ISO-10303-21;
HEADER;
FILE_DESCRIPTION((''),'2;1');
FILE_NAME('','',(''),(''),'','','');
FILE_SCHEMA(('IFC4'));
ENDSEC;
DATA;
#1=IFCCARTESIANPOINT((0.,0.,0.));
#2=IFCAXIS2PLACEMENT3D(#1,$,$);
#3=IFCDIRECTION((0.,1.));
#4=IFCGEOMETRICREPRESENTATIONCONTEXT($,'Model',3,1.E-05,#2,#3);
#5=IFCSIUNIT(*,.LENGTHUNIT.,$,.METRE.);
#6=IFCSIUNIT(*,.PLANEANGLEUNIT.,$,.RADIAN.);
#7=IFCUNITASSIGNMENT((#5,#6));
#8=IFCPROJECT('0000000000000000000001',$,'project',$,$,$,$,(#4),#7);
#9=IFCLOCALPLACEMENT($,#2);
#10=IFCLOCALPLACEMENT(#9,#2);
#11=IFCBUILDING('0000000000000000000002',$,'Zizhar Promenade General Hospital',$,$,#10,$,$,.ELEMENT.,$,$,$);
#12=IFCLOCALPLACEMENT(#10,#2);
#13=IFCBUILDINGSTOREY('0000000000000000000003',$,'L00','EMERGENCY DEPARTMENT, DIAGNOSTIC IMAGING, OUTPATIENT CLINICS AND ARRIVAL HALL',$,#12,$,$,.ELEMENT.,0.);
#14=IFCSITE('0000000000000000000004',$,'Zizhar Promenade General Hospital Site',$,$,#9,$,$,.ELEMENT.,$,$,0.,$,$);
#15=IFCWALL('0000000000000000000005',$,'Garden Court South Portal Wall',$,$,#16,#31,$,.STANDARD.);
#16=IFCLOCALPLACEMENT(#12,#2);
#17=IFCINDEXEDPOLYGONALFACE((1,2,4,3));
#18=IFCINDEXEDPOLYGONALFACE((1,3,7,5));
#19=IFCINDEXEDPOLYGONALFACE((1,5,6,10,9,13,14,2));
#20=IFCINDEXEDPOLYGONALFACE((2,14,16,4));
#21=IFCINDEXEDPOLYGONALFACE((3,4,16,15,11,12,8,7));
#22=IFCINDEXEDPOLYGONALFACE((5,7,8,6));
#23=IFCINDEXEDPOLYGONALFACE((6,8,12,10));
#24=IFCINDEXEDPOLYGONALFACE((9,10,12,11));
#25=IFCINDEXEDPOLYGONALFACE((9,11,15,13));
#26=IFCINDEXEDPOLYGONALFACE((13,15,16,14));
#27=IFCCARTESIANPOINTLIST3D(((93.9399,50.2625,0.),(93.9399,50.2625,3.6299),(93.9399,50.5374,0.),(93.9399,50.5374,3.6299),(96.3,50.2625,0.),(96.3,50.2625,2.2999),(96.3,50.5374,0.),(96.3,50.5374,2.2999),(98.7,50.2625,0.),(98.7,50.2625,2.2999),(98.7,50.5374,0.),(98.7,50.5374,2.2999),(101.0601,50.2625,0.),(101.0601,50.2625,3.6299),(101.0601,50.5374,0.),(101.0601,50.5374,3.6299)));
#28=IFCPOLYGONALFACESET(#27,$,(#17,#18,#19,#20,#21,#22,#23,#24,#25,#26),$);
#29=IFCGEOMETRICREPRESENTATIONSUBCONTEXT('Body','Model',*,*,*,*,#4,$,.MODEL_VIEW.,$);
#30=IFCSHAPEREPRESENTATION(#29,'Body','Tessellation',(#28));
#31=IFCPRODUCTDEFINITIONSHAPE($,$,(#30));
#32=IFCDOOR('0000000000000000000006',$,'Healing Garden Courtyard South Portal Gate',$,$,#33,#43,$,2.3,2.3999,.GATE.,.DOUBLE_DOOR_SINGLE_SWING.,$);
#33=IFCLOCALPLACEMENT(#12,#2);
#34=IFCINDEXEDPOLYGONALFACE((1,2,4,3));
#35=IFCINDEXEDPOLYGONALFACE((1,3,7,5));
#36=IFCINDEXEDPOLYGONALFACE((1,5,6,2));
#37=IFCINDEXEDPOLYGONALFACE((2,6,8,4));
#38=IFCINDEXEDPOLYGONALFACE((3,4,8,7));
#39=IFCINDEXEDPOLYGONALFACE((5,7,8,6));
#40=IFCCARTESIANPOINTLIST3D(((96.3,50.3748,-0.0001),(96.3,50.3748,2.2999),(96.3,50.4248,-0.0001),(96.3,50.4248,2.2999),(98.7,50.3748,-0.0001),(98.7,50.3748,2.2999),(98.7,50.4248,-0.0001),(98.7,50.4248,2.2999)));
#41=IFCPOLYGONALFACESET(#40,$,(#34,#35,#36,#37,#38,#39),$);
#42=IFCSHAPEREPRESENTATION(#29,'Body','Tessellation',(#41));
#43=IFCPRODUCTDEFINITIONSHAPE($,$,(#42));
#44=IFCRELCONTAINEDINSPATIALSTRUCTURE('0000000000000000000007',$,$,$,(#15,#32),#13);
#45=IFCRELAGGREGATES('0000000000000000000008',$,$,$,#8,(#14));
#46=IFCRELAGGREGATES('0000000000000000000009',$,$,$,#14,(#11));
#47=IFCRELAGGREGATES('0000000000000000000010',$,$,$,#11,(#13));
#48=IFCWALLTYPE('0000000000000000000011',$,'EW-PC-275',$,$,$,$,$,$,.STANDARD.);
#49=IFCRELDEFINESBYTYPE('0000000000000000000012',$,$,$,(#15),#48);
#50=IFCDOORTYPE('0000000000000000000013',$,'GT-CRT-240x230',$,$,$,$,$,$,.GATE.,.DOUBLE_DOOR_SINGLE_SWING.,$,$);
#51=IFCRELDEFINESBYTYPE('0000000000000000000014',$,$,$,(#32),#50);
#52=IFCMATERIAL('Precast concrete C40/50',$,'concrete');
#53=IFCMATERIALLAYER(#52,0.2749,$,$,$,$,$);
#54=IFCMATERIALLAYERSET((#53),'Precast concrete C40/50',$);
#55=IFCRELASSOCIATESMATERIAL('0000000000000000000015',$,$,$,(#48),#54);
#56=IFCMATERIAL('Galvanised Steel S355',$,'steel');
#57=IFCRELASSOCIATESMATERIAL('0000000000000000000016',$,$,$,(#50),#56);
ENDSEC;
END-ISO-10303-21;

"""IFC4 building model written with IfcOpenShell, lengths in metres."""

from ifc_helpers import new_model, si_unit, direction, frame, frame_2d, origin, place, context, subcontext, project, spatial, rectangle, extrude, material, layer, layer_set, type_object, element, fill, save


model = new_model("IFC4")

# Units and contexts
model_context = context("Model", 3, precision=1e-05, world=origin(), true_north=direction((0.0, 1.0)))
body_context = subcontext(model_context, "Body", "Model", "MODEL_VIEW")
ifc_project = project(units=[si_unit("LENGTHUNIT", "METRE"), si_unit("PLANEANGLEUNIT", "RADIAN")], contexts=[model_context])

# Site, building, storey
site_placement = place(None, origin())
site = spatial("IfcSite", under=ifc_project, at=site_placement, Name="Zizhar Promenade General Hospital Site", CompositionType="ELEMENT", RefElevation=0.0)
building_placement = place(site_placement, origin())
building = spatial("IfcBuilding", under=site, at=building_placement, Name="Zizhar Promenade General Hospital", CompositionType="ELEMENT")
storey_placement = place(building_placement, origin())
storey = spatial("IfcBuildingStorey", under=building, at=storey_placement, Name="L00", Description="EMERGENCY DEPARTMENT, DIAGNOSTIC IMAGING, OUTPATIENT CLINICS AND ARRIVAL HALL", CompositionType="ELEMENT", Elevation=0.0)

# Wall, opening, door
ifc_material_1 = material(Name="Precast concrete C40/50", Category="concrete")
ifc_layer_1 = layer(ifc_material_1, 0.2749)
ifc_layer_set_1 = layer_set([ifc_layer_1], Name="Precast concrete C40/50")
wall_type = type_object("IfcWallType", Name="EW-PC-275", PredefinedType="STANDARD", material=ifc_layer_set_1)
wall_placement = place(storey_placement, frame((93.9399, 50.3999, 0.0), z_axis=(0.0, 0.0, 1.0), x_axis=(1.0, 0.0, 0.0)))
wall = element("IfcWall", 1, at=wall_placement, inside=storey, type_object=wall_type, Name="Garden Court South Portal Wall", PredefinedType="STANDARD", context=body_context, shape_type="SweptSolid", body=[
    extrude(rectangle(XDim=7.1201, YDim=0.2749, at=frame_2d((3.5601, 0.0))), origin(), (0.0, 0.0, 1.0), 3.6299),
])
opening_placement = place(wall_placement, frame((2.3601, 0.0, 0.0)))
opening = element("IfcOpeningElement", 2, at=opening_placement, cuts=wall, PredefinedType="OPENING", context=body_context, shape_type="SweptSolid", body=[
    extrude(rectangle(XDim=2.3999, YDim=2.3, at=frame_2d((1.2, 1.1499))), frame((0.0, 0.1475, 0.0), z_axis=(0.0, -1.0, 0.0), x_axis=(1.0, 0.0, 0.0)), (0.0, 0.0, 1.0), 0.2949),
])
ifc_material_2 = material(Name="Galvanised Steel S355", Category="steel")
door_type = type_object("IfcDoorType", Name="GT-CRT-240x230", OperationType="DOUBLE_DOOR_SINGLE_SWING", PredefinedType="GATE", material=ifc_material_2)
door_placement = place(opening_placement, origin())
door = element("IfcDoor", 3, at=door_placement, inside=storey, type_object=door_type, Name="Healing Garden Courtyard South Portal Gate", OperationType="DOUBLE_DOOR_SINGLE_SWING", OverallHeight=2.3, OverallWidth=2.3999, PredefinedType="GATE", context=body_context, shape_type="SweptSolid", body=[
    extrude(rectangle(XDim=2.3999, YDim=2.3, at=frame_2d((1.2, 1.1499))), frame((0.0, 0.0249, 0.0), z_axis=(0.0, -1.0, 0.0), x_axis=(1.0, 0.0, 0.0)), (0.0, 0.0, 1.0), 0.05),
])
fill(opening, door)

save(model, "model.ifc")
